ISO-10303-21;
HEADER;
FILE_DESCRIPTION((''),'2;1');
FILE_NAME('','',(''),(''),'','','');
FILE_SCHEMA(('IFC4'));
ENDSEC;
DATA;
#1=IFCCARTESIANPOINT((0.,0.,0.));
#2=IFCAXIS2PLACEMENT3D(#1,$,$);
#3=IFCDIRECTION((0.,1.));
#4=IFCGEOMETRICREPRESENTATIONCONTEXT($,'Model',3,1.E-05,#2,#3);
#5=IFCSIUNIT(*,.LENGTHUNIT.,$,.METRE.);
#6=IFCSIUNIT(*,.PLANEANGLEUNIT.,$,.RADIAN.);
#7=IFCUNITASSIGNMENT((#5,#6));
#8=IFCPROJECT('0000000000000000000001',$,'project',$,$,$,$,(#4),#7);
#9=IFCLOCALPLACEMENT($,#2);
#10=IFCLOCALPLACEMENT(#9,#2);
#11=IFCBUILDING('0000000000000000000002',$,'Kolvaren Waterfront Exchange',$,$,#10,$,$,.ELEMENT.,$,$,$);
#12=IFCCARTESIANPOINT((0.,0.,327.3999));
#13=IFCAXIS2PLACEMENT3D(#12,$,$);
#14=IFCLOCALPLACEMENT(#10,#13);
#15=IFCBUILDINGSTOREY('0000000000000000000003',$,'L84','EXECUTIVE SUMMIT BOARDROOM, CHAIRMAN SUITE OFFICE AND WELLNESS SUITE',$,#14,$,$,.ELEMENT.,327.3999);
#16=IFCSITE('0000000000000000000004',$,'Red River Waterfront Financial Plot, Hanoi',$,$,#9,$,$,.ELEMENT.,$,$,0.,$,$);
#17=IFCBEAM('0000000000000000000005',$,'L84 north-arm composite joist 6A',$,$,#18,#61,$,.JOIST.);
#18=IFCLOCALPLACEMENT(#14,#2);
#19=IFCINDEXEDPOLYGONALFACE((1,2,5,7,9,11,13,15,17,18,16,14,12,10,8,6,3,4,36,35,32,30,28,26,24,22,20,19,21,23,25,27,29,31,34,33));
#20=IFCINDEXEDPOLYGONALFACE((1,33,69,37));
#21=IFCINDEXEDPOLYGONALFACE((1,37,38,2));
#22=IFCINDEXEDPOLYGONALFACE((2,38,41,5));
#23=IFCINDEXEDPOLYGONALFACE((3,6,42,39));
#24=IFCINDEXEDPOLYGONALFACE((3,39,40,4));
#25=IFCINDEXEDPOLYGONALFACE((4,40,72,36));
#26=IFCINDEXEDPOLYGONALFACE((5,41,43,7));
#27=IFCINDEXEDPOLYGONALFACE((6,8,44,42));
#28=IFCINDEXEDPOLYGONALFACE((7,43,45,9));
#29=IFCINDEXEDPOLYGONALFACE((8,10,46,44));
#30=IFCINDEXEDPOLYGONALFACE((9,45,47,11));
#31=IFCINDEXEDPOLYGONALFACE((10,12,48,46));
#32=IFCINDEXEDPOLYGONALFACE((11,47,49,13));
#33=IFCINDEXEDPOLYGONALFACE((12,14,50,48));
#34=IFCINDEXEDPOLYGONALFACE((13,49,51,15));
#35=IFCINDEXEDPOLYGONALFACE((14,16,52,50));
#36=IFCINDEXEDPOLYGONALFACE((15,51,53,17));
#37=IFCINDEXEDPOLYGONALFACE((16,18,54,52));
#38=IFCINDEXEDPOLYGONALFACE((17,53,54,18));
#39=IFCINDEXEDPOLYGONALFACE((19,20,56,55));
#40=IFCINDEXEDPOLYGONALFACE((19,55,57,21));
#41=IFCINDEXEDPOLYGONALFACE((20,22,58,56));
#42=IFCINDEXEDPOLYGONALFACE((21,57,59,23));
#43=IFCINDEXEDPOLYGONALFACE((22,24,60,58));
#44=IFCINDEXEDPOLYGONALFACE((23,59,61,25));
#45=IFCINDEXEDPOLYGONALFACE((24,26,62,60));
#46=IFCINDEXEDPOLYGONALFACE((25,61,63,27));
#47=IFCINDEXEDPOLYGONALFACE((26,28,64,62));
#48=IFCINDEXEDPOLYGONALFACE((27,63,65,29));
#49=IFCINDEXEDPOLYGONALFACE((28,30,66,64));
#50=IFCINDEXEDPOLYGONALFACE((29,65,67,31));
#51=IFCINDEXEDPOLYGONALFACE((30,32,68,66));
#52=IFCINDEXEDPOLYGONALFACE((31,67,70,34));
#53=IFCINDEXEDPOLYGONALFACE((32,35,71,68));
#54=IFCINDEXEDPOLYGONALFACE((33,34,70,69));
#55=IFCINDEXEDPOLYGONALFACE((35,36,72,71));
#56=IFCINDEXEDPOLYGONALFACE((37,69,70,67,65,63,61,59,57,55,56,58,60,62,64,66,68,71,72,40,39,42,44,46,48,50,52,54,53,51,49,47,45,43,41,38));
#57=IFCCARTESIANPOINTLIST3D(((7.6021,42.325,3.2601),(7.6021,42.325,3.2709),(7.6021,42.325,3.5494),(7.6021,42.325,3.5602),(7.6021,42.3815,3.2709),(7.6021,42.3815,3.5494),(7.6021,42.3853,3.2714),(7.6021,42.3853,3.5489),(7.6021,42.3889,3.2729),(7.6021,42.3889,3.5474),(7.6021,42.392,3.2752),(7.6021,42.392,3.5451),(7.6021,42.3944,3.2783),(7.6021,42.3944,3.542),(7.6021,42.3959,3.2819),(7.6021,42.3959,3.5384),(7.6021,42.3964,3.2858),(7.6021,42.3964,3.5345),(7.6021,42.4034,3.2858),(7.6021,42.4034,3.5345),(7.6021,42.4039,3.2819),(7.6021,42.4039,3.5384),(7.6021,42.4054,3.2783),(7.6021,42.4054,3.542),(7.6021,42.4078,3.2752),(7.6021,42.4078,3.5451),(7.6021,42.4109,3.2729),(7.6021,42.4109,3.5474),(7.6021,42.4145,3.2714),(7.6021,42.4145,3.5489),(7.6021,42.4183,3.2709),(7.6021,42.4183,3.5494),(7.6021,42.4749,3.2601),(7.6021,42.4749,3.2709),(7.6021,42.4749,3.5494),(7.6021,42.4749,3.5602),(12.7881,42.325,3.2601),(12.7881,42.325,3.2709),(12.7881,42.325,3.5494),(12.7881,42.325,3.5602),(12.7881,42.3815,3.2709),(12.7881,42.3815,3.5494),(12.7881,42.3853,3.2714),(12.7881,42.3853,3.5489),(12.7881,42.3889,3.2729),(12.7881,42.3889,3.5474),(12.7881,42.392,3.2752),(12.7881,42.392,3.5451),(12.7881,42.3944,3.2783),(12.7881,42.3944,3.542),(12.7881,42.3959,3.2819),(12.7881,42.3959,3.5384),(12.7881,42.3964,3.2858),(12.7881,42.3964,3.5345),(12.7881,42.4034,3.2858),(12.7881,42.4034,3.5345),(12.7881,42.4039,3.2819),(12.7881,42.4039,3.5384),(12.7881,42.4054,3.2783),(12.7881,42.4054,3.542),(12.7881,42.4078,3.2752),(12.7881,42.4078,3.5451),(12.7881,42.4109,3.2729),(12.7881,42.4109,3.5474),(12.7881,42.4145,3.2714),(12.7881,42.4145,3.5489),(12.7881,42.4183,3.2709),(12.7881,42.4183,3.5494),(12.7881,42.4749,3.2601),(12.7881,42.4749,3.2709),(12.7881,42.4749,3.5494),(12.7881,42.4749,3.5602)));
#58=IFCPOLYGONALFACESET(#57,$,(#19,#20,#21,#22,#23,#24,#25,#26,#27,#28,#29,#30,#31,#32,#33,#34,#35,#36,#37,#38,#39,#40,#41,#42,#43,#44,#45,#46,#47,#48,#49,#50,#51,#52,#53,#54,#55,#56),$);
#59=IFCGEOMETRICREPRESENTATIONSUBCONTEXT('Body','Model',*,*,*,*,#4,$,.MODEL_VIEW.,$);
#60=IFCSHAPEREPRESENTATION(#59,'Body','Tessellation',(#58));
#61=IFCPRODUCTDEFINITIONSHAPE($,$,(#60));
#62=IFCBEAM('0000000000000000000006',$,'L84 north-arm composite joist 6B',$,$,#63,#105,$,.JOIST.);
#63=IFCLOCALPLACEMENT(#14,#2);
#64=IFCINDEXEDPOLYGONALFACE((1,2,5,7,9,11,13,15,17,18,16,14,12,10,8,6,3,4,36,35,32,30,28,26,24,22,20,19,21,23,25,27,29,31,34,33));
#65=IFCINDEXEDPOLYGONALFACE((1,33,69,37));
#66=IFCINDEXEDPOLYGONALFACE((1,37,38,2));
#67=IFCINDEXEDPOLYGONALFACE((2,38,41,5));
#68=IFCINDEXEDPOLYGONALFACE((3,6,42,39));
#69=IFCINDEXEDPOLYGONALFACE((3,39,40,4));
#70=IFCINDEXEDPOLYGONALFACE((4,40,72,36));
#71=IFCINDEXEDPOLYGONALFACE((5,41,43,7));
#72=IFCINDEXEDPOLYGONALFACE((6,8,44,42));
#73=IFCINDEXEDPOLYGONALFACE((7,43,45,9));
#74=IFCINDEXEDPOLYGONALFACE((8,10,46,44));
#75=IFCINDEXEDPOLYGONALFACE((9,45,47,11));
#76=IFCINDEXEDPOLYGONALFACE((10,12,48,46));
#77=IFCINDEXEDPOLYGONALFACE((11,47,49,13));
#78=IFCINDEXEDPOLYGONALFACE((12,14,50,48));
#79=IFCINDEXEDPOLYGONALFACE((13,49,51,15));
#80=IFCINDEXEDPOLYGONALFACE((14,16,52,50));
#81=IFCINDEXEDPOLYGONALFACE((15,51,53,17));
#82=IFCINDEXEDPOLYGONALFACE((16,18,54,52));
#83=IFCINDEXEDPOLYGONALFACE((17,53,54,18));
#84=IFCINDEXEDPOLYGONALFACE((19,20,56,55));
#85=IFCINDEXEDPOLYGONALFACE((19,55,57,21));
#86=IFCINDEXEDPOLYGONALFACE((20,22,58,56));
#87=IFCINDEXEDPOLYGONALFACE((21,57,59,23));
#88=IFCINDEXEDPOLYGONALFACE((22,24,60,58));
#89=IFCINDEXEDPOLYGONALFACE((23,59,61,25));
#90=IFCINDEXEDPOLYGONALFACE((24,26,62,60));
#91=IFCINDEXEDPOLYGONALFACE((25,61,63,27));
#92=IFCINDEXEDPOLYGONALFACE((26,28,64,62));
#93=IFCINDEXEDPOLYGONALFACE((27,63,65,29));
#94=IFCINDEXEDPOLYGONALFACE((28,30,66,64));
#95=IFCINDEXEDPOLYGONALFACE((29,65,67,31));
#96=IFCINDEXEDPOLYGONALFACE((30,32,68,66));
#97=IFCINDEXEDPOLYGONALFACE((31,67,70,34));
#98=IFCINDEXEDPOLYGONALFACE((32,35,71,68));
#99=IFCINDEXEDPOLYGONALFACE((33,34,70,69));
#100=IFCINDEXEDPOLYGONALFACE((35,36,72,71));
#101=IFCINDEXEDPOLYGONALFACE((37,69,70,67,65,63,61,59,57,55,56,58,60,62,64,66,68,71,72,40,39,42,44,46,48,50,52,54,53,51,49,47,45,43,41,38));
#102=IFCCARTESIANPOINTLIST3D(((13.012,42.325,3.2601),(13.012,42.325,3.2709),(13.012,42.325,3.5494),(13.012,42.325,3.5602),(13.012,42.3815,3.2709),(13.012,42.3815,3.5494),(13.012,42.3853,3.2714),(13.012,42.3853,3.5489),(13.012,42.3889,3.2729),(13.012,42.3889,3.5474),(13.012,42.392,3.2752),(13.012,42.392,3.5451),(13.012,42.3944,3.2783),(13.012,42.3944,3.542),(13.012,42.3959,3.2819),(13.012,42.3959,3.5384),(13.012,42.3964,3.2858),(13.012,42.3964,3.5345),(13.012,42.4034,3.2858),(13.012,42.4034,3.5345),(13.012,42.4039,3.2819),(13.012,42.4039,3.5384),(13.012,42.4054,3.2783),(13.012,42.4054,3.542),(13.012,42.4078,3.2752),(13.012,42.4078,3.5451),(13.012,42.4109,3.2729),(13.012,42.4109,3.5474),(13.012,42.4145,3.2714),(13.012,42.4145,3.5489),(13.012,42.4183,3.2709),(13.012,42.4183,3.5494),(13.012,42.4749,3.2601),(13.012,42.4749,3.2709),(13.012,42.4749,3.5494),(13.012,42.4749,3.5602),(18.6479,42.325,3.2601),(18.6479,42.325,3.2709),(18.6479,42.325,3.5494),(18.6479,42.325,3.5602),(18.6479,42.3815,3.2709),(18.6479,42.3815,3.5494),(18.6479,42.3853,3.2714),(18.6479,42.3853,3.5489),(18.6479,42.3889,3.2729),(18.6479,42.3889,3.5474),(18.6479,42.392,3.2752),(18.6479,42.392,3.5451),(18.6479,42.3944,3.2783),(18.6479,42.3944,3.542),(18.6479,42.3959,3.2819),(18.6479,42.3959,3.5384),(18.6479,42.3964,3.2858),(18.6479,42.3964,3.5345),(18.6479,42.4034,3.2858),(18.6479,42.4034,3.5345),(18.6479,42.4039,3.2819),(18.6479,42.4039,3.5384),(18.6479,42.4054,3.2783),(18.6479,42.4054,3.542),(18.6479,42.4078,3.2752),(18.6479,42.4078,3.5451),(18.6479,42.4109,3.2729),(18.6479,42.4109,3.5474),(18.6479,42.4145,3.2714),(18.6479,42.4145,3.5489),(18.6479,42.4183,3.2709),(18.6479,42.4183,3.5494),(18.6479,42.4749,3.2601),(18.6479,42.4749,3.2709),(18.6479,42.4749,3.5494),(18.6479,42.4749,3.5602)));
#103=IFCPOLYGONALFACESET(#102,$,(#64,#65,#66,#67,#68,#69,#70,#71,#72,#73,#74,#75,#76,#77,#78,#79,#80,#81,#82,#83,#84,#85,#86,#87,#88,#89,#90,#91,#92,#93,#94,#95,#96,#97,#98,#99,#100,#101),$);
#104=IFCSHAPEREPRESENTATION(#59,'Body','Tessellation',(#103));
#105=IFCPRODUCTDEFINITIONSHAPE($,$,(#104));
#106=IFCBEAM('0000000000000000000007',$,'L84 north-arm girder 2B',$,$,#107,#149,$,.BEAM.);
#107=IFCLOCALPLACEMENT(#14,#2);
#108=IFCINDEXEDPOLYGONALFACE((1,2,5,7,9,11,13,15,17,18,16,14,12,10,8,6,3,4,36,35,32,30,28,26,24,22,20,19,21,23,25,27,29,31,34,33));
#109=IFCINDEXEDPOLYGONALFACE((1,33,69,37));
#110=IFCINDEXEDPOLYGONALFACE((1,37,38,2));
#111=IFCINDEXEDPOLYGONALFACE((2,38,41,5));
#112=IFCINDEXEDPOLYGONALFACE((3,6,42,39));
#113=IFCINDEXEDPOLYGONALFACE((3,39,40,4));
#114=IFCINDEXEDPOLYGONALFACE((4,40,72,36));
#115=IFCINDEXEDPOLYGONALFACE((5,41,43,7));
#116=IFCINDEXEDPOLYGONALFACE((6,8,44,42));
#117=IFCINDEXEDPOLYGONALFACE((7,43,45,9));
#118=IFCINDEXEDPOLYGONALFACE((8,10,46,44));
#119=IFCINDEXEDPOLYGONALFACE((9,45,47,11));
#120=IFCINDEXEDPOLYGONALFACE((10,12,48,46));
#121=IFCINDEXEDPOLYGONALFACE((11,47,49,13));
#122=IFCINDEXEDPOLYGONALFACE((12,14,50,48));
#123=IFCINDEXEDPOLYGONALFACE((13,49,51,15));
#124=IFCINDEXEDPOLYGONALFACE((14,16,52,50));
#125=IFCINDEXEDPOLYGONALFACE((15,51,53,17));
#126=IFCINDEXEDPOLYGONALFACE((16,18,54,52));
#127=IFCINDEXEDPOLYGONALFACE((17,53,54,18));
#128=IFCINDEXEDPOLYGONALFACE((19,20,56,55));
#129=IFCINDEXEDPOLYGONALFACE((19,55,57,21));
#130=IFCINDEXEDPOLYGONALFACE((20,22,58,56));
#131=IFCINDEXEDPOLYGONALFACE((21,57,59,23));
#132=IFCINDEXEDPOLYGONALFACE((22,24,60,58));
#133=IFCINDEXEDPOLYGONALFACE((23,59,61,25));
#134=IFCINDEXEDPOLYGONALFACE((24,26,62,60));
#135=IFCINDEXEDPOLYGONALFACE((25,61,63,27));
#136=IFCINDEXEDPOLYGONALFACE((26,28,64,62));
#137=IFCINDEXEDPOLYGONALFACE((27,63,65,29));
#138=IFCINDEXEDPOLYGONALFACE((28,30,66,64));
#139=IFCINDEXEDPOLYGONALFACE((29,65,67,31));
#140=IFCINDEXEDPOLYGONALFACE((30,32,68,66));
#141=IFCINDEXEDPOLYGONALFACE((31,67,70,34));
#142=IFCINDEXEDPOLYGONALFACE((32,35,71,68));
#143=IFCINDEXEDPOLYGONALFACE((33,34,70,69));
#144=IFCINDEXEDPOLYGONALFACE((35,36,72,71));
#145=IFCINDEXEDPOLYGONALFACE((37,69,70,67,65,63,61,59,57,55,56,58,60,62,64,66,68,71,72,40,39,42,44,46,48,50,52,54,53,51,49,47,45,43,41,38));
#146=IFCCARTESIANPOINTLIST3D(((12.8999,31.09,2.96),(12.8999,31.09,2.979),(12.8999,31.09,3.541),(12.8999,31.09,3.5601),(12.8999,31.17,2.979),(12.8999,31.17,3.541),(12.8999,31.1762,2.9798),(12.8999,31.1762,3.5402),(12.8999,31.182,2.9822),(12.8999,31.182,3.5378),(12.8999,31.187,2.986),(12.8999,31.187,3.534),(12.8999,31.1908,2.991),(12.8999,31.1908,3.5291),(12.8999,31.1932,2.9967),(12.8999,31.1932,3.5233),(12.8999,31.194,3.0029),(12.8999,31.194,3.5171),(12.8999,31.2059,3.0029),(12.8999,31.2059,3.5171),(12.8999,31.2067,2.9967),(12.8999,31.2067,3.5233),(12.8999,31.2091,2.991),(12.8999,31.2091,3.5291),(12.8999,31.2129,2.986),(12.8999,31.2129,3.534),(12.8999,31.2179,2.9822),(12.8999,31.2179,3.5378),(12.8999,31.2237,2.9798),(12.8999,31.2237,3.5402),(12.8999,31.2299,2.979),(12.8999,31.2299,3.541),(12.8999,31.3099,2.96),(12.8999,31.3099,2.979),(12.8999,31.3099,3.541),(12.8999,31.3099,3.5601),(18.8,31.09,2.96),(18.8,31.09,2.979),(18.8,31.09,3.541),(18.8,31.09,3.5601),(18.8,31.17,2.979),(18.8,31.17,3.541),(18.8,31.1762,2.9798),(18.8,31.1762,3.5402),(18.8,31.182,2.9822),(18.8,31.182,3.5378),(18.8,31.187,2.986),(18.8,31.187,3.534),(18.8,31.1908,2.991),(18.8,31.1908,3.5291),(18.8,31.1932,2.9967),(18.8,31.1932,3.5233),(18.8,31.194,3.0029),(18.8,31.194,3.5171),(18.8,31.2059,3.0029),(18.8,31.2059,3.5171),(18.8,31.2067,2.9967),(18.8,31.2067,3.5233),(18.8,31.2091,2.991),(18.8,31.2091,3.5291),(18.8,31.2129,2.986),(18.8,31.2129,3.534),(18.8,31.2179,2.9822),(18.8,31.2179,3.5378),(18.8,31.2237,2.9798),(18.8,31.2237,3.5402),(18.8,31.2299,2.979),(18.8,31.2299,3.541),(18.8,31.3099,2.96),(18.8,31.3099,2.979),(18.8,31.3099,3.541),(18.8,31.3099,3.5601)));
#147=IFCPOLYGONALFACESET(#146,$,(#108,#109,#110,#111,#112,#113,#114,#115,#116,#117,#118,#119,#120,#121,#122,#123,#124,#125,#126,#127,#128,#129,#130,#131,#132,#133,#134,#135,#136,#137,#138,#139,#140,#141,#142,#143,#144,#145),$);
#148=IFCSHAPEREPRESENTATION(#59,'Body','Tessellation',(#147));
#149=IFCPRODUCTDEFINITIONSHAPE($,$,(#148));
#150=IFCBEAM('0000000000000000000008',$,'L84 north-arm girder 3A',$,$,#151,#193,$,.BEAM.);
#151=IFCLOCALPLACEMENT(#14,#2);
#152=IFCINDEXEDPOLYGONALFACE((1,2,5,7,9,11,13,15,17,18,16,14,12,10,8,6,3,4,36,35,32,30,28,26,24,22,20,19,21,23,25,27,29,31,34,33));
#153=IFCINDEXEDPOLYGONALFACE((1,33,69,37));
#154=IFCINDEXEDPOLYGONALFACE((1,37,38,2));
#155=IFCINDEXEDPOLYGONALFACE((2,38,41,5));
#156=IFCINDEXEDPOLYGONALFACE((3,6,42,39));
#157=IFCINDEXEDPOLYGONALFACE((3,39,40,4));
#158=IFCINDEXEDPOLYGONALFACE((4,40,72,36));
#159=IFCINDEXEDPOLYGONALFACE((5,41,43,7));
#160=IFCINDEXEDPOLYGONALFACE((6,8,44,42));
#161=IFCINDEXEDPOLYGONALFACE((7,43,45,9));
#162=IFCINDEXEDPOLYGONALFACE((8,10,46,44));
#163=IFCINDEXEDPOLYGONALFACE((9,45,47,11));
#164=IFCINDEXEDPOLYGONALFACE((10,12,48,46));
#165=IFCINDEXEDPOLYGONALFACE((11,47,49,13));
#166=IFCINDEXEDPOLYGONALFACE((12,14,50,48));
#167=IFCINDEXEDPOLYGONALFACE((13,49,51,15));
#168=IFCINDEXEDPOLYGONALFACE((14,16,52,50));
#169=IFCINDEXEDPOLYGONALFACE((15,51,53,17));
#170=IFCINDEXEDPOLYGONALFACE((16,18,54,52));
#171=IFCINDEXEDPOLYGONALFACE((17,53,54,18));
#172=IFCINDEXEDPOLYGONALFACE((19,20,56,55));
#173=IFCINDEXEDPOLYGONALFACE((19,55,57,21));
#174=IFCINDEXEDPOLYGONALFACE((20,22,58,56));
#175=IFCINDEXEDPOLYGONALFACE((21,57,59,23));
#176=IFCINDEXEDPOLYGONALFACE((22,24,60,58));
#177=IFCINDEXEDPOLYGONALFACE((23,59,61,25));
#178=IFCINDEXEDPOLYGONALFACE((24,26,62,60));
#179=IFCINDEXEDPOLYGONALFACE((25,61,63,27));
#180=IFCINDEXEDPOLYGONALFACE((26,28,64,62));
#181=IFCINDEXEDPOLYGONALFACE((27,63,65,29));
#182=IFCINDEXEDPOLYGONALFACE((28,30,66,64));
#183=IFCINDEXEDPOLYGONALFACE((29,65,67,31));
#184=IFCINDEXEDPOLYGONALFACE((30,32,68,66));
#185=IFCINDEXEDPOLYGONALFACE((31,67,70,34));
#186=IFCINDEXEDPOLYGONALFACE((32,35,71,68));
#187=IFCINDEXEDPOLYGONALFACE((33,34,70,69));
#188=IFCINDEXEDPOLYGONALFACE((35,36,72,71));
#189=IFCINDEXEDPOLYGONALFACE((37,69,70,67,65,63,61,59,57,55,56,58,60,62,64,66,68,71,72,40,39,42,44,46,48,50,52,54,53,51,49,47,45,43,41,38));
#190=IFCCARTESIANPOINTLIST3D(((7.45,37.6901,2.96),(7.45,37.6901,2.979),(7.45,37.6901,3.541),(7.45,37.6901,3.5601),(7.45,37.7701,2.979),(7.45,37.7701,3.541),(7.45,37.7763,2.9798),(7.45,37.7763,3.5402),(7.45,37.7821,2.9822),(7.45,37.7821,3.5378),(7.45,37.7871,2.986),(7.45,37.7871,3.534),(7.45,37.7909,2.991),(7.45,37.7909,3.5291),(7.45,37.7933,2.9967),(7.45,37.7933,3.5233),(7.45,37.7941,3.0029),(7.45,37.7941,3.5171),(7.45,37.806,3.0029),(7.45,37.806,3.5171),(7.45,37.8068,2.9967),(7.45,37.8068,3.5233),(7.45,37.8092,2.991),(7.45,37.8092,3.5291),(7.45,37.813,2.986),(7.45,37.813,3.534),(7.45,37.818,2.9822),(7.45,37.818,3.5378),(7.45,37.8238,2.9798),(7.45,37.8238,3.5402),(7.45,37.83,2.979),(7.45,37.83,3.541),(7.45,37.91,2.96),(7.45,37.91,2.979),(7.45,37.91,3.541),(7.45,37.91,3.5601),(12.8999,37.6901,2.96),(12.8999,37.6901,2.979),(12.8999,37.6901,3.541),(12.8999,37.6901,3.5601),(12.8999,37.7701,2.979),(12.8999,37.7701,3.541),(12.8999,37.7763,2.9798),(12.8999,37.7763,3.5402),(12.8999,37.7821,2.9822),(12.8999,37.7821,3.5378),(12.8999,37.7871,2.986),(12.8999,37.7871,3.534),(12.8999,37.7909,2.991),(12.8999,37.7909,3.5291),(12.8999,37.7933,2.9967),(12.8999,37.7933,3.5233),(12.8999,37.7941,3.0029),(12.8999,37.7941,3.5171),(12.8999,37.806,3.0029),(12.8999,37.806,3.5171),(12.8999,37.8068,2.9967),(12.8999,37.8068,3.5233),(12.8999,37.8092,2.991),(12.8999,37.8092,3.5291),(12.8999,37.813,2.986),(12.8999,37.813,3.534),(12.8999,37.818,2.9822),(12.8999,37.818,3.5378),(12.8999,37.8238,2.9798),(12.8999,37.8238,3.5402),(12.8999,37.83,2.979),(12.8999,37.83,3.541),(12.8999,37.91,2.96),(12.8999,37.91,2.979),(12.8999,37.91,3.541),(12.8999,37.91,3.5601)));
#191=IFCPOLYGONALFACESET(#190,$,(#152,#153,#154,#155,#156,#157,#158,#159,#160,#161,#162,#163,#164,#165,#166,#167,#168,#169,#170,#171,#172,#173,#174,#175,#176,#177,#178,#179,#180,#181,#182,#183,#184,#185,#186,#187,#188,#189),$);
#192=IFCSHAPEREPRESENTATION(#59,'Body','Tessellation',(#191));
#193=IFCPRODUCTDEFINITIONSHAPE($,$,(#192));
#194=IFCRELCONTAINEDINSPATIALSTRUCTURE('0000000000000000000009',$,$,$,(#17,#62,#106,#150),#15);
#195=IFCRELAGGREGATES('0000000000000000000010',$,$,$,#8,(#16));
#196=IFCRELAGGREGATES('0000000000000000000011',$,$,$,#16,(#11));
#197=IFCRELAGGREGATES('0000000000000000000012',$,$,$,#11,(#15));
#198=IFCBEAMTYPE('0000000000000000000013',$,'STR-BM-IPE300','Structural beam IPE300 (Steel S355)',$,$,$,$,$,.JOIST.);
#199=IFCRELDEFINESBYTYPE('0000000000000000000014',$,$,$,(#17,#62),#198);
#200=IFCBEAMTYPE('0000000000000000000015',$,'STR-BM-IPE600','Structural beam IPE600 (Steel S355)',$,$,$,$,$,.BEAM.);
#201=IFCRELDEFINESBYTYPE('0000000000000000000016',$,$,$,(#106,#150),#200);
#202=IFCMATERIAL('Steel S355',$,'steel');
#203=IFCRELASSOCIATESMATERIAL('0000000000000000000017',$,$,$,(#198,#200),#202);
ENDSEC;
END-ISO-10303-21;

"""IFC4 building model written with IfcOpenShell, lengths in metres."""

from ifc_helpers import new_model, si_unit, direction, frame, origin, origin_2d, place, context, subcontext, project, spatial, i_section, extrude, material, material_profile, profile_set, type_object, element, save


model = new_model("IFC4")

# Units and contexts
model_context = context("Model", 3, precision=1e-05, world=origin(), true_north=direction((0.0, 1.0)))
body_context = subcontext(model_context, "Body", "Model", "MODEL_VIEW")
ifc_project = project(units=[si_unit("LENGTHUNIT", "METRE"), si_unit("PLANEANGLEUNIT", "RADIAN")], contexts=[model_context])

# Site, building, storey
site_placement = place(None, origin())
site = spatial("IfcSite", under=ifc_project, at=site_placement, Name="Red River Waterfront Financial Plot, Hanoi", CompositionType="ELEMENT", RefElevation=0.0)
building_placement = place(site_placement, origin())
building = spatial("IfcBuilding", under=site, at=building_placement, Name="Kolvaren Waterfront Exchange", CompositionType="ELEMENT")
storey_placement = place(building_placement, frame((0.0, 0.0, 327.3999)))
storey = spatial("IfcBuildingStorey", under=building, at=storey_placement, Name="L84", Description="EXECUTIVE SUMMIT BOARDROOM, CHAIRMAN SUITE OFFICE AND WELLNESS SUITE", CompositionType="ELEMENT", Elevation=327.3999)

# Beams
ifc_material_1 = material(Name="Steel S355", Category="steel")
ifc_material_profile_1 = material_profile(ifc_material_1, i_section(OverallWidth=0.1499, OverallDepth=0.3, WebThickness=0.0071, FlangeThickness=0.0107, FilletRadius=0.0149, at=origin_2d()), Name="IPE300")
ifc_profile_set_1 = profile_set([ifc_material_profile_1], Name="Steel S355")
beam_type_1 = type_object("IfcBeamType", Name="STR-BM-IPE300", Description="Structural beam IPE300 (Steel S355)", PredefinedType="JOIST", material=ifc_profile_set_1)
beam_1_placement = place(storey_placement, frame((7.6021, 42.3999, 3.4102), z_axis=(1.0, 0.0, 0.0), x_axis=(0.0, 1.0, 0.0)))
element("IfcBeam", 1, at=beam_1_placement, inside=storey, type_object=beam_type_1, Name="L84 north-arm composite joist 6A", PredefinedType="JOIST", context=body_context, shape_type="SweptSolid", body=[
    extrude(i_section(OverallWidth=0.1499, OverallDepth=0.3, WebThickness=0.0071, FlangeThickness=0.0107, FilletRadius=0.0149, at=origin_2d()), origin(), (0.0, 0.0, 1.0), 5.186),
])
beam_2_placement = place(storey_placement, frame((13.012, 42.3999, 3.4102), z_axis=(1.0, 0.0, 0.0), x_axis=(0.0, 1.0, 0.0)))
element("IfcBeam", 2, at=beam_2_placement, inside=storey, type_object=beam_type_1, Name="L84 north-arm composite joist 6B", PredefinedType="JOIST", context=body_context, shape_type="SweptSolid", body=[
    extrude(i_section(OverallWidth=0.1499, OverallDepth=0.3, WebThickness=0.0071, FlangeThickness=0.0107, FilletRadius=0.0149, at=origin_2d()), origin(), (0.0, 0.0, 1.0), 5.636),
])
ifc_material_profile_2 = material_profile(ifc_material_1, i_section(OverallWidth=0.22, OverallDepth=0.6001, WebThickness=0.012, FlangeThickness=0.019, FilletRadius=0.0239, at=origin_2d()), Name="IPE600")
ifc_profile_set_2 = profile_set([ifc_material_profile_2], Name="Steel S355")
beam_type_2 = type_object("IfcBeamType", Name="STR-BM-IPE600", Description="Structural beam IPE600 (Steel S355)", PredefinedType="BEAM", material=ifc_profile_set_2)
beam_3_placement = place(storey_placement, frame((12.8999, 31.2, 3.26), z_axis=(1.0, 0.0, 0.0), x_axis=(0.0, 1.0, 0.0)))
element("IfcBeam", 3, at=beam_3_placement, inside=storey, type_object=beam_type_2, Name="L84 north-arm girder 2B", PredefinedType="BEAM", context=body_context, shape_type="SweptSolid", body=[
    extrude(i_section(OverallWidth=0.22, OverallDepth=0.6001, WebThickness=0.012, FlangeThickness=0.019, FilletRadius=0.0239, at=origin_2d()), origin(), (0.0, 0.0, 1.0), 5.9001),
])
beam_4_placement = place(storey_placement, frame((7.45, 37.8, 3.26), z_axis=(1.0, 0.0, 0.0), x_axis=(0.0, 1.0, 0.0)))
element("IfcBeam", 4, at=beam_4_placement, inside=storey, type_object=beam_type_2, Name="L84 north-arm girder 3A", PredefinedType="BEAM", context=body_context, shape_type="SweptSolid", body=[
    extrude(i_section(OverallWidth=0.22, OverallDepth=0.6001, WebThickness=0.012, FlangeThickness=0.019, FilletRadius=0.0239, at=origin_2d()), origin(), (0.0, 0.0, 1.0), 5.45),
])

save(model, "model.ifc")
